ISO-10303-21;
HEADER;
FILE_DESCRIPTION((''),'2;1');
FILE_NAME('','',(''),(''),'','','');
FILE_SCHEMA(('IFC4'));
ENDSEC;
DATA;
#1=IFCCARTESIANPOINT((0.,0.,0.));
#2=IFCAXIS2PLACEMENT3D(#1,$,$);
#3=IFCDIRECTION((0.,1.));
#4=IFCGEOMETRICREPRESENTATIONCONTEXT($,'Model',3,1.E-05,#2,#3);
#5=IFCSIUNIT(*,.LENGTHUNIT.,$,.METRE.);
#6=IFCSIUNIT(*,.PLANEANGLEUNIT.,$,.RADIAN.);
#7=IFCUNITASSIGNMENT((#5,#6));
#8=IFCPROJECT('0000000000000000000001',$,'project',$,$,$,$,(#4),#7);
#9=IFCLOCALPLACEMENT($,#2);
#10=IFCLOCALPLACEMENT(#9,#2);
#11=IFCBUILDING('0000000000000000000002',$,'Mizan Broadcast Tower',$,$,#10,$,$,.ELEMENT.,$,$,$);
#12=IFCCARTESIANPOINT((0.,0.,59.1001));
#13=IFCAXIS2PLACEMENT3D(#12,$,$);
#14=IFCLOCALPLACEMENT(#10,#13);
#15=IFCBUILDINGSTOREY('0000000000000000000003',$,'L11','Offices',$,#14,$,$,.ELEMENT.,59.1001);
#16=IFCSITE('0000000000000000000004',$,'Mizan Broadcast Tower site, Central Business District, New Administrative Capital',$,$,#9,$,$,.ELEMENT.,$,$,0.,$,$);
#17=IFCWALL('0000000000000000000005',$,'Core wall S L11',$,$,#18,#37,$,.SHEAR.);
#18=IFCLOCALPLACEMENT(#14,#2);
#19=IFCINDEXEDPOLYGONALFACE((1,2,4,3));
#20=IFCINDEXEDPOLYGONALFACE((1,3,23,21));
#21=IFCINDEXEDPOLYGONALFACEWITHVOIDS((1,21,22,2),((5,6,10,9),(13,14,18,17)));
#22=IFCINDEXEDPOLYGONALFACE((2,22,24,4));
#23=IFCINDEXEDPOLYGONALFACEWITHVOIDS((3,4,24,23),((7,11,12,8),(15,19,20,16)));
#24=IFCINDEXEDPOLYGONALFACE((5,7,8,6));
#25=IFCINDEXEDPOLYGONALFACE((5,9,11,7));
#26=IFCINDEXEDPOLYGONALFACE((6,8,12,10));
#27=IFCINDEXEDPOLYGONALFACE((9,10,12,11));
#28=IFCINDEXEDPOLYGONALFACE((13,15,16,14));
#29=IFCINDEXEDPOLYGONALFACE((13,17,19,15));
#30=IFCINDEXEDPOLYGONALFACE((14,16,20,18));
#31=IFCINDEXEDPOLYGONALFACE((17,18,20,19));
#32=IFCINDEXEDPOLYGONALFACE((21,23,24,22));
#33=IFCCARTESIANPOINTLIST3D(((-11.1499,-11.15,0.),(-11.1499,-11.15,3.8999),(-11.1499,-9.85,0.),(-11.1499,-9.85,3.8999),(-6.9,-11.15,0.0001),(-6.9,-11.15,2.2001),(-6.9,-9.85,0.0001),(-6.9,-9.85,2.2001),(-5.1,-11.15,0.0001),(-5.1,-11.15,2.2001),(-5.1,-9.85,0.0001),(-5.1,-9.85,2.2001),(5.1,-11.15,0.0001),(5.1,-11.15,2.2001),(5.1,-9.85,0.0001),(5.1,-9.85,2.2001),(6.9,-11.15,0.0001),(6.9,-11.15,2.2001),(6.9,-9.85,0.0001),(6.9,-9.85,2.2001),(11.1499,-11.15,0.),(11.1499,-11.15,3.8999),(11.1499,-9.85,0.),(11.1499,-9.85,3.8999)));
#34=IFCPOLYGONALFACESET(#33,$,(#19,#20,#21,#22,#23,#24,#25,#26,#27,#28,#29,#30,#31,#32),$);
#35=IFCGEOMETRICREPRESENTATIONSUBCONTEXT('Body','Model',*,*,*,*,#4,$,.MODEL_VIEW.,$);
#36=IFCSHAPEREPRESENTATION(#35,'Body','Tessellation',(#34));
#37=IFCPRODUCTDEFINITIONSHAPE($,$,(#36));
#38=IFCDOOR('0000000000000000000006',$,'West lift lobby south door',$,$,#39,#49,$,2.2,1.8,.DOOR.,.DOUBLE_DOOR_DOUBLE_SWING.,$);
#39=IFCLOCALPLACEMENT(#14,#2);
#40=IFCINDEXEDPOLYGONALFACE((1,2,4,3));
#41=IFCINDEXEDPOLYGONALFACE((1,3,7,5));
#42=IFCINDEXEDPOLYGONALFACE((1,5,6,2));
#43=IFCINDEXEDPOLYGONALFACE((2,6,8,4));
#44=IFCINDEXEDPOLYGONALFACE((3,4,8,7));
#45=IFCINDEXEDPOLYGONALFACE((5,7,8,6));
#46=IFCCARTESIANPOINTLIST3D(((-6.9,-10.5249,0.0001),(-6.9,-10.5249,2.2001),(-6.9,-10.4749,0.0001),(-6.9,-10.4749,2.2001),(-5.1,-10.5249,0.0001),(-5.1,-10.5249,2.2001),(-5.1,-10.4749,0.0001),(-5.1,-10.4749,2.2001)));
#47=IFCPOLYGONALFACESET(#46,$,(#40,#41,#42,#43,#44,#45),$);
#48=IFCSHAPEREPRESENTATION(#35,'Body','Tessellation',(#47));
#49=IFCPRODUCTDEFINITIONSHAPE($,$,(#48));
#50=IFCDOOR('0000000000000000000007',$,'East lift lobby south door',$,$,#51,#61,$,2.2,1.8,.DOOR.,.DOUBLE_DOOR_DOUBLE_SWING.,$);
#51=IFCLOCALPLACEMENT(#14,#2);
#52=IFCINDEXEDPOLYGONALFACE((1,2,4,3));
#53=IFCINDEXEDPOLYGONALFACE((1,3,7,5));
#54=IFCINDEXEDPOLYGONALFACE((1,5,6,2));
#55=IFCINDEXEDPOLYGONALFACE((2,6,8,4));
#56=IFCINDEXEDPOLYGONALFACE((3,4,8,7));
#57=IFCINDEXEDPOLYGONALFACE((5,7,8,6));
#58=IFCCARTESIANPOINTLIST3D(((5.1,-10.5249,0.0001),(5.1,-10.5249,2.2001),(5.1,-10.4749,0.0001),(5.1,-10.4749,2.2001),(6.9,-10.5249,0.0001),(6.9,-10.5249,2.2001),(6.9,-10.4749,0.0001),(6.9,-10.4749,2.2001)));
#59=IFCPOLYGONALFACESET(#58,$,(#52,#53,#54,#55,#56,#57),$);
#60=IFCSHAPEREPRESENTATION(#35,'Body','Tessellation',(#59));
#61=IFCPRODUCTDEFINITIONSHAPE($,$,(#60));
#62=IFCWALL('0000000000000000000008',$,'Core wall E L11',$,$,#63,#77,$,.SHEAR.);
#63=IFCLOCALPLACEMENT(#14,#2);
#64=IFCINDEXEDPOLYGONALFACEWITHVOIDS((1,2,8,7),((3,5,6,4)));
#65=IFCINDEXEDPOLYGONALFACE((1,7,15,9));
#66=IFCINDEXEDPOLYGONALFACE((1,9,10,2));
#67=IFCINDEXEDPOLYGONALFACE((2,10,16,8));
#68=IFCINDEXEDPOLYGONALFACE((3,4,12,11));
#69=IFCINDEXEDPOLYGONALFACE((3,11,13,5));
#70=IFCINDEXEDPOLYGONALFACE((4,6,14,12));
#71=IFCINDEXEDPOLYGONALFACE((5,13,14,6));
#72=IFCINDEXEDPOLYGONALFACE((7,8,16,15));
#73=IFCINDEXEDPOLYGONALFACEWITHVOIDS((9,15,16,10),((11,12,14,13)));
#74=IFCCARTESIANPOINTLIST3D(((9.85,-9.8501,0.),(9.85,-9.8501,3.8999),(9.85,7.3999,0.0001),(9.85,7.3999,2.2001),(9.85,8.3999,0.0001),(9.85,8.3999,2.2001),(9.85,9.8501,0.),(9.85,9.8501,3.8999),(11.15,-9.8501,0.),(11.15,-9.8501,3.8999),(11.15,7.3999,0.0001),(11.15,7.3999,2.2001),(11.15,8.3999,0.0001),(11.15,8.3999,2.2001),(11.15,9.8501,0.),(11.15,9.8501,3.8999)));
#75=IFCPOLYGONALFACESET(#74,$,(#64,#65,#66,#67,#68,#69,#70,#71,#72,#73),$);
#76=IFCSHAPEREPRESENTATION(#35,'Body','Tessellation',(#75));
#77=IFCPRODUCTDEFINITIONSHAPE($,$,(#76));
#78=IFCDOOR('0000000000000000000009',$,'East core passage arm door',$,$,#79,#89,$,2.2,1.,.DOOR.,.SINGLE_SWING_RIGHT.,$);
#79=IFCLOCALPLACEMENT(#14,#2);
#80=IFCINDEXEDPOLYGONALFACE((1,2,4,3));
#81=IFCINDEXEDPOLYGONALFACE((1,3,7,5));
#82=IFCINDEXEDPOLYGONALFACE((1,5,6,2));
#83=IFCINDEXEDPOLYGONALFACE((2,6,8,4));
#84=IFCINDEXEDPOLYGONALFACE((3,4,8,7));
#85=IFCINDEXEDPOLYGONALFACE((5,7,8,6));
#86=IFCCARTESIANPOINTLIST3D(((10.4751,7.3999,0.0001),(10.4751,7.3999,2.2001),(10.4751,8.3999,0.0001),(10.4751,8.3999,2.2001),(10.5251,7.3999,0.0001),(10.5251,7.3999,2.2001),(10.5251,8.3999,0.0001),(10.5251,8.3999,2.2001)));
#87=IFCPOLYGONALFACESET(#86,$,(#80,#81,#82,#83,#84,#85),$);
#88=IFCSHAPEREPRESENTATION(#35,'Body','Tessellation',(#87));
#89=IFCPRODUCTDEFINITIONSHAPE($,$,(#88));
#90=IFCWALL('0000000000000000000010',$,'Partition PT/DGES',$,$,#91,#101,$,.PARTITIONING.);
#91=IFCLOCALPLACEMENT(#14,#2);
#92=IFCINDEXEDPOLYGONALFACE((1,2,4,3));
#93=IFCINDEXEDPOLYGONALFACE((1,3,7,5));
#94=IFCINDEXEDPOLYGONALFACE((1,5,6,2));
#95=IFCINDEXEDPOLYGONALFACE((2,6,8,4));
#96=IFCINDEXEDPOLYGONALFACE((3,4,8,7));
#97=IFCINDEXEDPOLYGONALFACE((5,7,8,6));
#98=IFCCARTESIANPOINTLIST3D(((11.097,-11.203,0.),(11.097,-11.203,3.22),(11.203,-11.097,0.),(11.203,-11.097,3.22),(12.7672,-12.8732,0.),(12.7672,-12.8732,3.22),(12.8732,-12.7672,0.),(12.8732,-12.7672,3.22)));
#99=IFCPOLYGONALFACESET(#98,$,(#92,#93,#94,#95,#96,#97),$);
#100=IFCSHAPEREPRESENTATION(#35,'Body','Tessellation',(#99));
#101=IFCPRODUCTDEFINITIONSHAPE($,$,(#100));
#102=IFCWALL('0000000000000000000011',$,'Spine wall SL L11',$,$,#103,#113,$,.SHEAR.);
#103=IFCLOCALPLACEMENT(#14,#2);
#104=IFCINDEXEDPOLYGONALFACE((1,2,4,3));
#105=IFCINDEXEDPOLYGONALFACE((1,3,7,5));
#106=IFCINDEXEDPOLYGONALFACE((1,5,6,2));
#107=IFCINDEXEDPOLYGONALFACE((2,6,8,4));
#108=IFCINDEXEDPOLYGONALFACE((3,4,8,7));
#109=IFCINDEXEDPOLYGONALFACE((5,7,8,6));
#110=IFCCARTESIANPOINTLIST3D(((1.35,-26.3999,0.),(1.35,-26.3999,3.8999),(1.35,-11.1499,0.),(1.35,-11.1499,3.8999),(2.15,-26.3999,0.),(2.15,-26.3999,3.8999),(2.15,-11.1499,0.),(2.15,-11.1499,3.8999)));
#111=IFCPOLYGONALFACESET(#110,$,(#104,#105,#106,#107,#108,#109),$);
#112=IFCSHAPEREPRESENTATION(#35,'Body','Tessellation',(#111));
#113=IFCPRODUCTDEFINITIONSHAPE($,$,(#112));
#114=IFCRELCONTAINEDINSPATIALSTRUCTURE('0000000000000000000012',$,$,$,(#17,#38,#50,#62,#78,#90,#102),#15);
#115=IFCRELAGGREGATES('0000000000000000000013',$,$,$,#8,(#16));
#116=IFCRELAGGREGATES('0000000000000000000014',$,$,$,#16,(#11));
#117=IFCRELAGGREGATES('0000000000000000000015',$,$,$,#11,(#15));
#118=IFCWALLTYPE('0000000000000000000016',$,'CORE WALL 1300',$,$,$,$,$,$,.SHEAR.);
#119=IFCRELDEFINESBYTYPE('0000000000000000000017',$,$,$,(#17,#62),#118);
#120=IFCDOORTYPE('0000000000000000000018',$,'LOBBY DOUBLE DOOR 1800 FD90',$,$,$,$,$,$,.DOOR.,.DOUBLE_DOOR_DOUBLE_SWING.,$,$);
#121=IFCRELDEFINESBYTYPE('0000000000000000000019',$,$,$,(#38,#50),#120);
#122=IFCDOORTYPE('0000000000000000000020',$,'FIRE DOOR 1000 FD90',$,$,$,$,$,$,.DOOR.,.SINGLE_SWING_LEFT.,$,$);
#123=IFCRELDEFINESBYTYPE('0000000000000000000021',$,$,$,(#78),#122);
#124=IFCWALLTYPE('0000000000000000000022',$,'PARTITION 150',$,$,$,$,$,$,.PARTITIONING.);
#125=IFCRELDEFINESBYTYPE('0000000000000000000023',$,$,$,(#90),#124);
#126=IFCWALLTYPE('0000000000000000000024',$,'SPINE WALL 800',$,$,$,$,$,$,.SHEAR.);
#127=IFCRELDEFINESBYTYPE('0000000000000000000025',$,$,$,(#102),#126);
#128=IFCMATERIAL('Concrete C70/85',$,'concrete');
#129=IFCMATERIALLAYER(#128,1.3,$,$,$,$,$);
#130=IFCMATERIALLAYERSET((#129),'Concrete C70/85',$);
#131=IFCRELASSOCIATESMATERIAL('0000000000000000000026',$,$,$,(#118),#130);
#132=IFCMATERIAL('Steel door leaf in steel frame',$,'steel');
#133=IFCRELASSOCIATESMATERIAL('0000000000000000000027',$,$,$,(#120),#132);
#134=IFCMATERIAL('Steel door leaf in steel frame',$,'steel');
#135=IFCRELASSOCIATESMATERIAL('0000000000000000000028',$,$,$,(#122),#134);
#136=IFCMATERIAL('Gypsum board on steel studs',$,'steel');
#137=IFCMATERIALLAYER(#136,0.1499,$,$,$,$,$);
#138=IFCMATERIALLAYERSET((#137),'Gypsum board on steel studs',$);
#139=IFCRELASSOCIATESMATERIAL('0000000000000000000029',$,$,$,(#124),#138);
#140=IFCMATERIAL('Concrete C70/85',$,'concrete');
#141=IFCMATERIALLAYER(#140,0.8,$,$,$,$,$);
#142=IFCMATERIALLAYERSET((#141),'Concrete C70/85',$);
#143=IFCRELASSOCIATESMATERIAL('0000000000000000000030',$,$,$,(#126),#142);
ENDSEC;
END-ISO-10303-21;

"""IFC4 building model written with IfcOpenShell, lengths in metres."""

from ifc_helpers import new_model, si_unit, direction, frame, frame_2d, origin, place, context, subcontext, project, spatial, rectangle, extrude, material, layer, layer_set, type_object, element, fill, save


model = new_model("IFC4")

# Units and contexts
model_context = context("Model", 3, precision=1e-05, world=origin(), true_north=direction((0.0, 1.0)))
body_context = subcontext(model_context, "Body", "Model", "MODEL_VIEW")
ifc_project = project(units=[si_unit("LENGTHUNIT", "METRE"), si_unit("PLANEANGLEUNIT", "RADIAN")], contexts=[model_context])

# Site, building, storey
site_placement = place(None, origin())
site = spatial("IfcSite", under=ifc_project, at=site_placement, Name="Mizan Broadcast Tower site, Central Business District, New Administrative Capital", CompositionType="ELEMENT", RefElevation=0.0)
building_placement = place(site_placement, origin())
building = spatial("IfcBuilding", under=site, at=building_placement, Name="Mizan Broadcast Tower", CompositionType="ELEMENT")
storey_placement = place(building_placement, frame((0.0, 0.0, 59.1001)))
storey = spatial("IfcBuildingStorey", under=building, at=storey_placement, Name="L11", Description="Offices", CompositionType="ELEMENT", Elevation=59.1001)

# Wall, openings, doors
ifc_material_1 = material(Name="Concrete C70/85", Category="concrete")
ifc_layer_1 = layer(ifc_material_1, 1.3)
ifc_layer_set_1 = layer_set([ifc_layer_1], Name="Concrete C70/85")
wall_type_1 = type_object("IfcWallType", Name="CORE WALL 1300", PredefinedType="SHEAR", material=ifc_layer_set_1)
wall_1_placement = place(storey_placement, frame((11.1499, -10.5, 0.0), z_axis=(0.0, 0.0, 1.0), x_axis=(-1.0, 0.0, 0.0)))
wall_1 = element("IfcWall", 1, at=wall_1_placement, inside=storey, type_object=wall_type_1, Name="Core wall S L11", PredefinedType="SHEAR", context=body_context, shape_type="SweptSolid", body=[
    extrude(rectangle(XDim=22.2998, YDim=1.3, at=frame_2d((11.1499, 0.0))), origin(), (0.0, 0.0, 1.0), 3.8999),
])
opening_1_placement = place(wall_1_placement, frame((16.25, 0.0, 0.0)))
opening_1 = element("IfcOpeningElement", 2, at=opening_1_placement, cuts=wall_1, PredefinedType="OPENING", context=body_context, shape_type="SweptSolid", body=[
    extrude(rectangle(XDim=1.8, YDim=2.2, at=frame_2d((0.8999, 1.1001))), frame((0.0, 0.6599, 0.0), z_axis=(0.0, -1.0, 0.0), x_axis=(1.0, 0.0, 0.0)), (0.0, 0.0, 1.0), 1.3201),
])
opening_2_placement = place(wall_1_placement, frame((4.25, 0.0, 0.0)))
opening_2 = element("IfcOpeningElement", 3, at=opening_2_placement, cuts=wall_1, PredefinedType="OPENING", context=body_context, shape_type="SweptSolid", body=[
    extrude(rectangle(XDim=1.8, YDim=2.2, at=frame_2d((0.8999, 1.1001))), frame((0.0, 0.6599, 0.0), z_axis=(0.0, -1.0, 0.0), x_axis=(1.0, 0.0, 0.0)), (0.0, 0.0, 1.0), 1.3201),
])
ifc_material_2 = material(Name="Steel door leaf in steel frame", Category="steel")
door_type_1 = type_object("IfcDoorType", Name="LOBBY DOUBLE DOOR 1800 FD90", OperationType="DOUBLE_DOOR_DOUBLE_SWING", PredefinedType="DOOR", material=ifc_material_2)
door_1_placement = place(opening_1_placement, origin())
door_1 = element("IfcDoor", 4, at=door_1_placement, inside=storey, type_object=door_type_1, Name="West lift lobby south door", OperationType="DOUBLE_DOOR_DOUBLE_SWING", OverallHeight=2.2, OverallWidth=1.8, PredefinedType="DOOR", context=body_context, shape_type="SweptSolid", body=[
    extrude(rectangle(XDim=1.8, YDim=2.2, at=frame_2d((0.8999, 1.1001))), frame((0.0, 0.0249, 0.0), z_axis=(0.0, -1.0, 0.0), x_axis=(1.0, 0.0, 0.0)), (0.0, 0.0, 1.0), 0.05),
])
fill(opening_1, door_1)
door_2_placement = place(opening_2_placement, origin())
door_2 = element("IfcDoor", 5, at=door_2_placement, inside=storey, type_object=door_type_1, Name="East lift lobby south door", OperationType="DOUBLE_DOOR_DOUBLE_SWING", OverallHeight=2.2, OverallWidth=1.8, PredefinedType="DOOR", context=body_context, shape_type="SweptSolid", body=[
    extrude(rectangle(XDim=1.8, YDim=2.2, at=frame_2d((0.8999, 1.1001))), frame((0.0, 0.0249, 0.0), z_axis=(0.0, -1.0, 0.0), x_axis=(1.0, 0.0, 0.0)), (0.0, 0.0, 1.0), 0.05),
])
fill(opening_2, door_2)

# Wall, opening, door
wall_2_placement = place(storey_placement, frame((10.5, -9.8501, 0.0), z_axis=(0.0, 0.0, 1.0), x_axis=(0.0, 1.0, 0.0)))
wall_2 = element("IfcWall", 6, at=wall_2_placement, inside=storey, type_object=wall_type_1, Name="Core wall E L11", PredefinedType="SHEAR", context=body_context, shape_type="SweptSolid", body=[
    extrude(rectangle(XDim=19.7002, YDim=1.3, at=frame_2d((9.8501, 0.0))), origin(), (0.0, 0.0, 1.0), 3.8999),
])
opening_3_placement = place(wall_2_placement, frame((17.25, 0.0, 0.0)))
opening_3 = element("IfcOpeningElement", 7, at=opening_3_placement, cuts=wall_2, PredefinedType="OPENING", context=body_context, shape_type="SweptSolid", body=[
    extrude(rectangle(XDim=1.0, YDim=2.2, at=frame_2d((0.5, 1.1001))), frame((0.0, 0.6599, 0.0), z_axis=(0.0, -1.0, 0.0), x_axis=(1.0, 0.0, 0.0)), (0.0, 0.0, 1.0), 1.3201),
])
ifc_material_3 = material(Name="Steel door leaf in steel frame", Category="steel")
door_type_2 = type_object("IfcDoorType", Name="FIRE DOOR 1000 FD90", OperationType="SINGLE_SWING_LEFT", PredefinedType="DOOR", material=ifc_material_3)
door_3_placement = place(opening_3_placement, origin())
door_3 = element("IfcDoor", 8, at=door_3_placement, inside=storey, type_object=door_type_2, Name="East core passage arm door", OperationType="SINGLE_SWING_RIGHT", OverallHeight=2.2, OverallWidth=1.0, PredefinedType="DOOR", context=body_context, shape_type="SweptSolid", body=[
    extrude(rectangle(XDim=1.0, YDim=2.2, at=frame_2d((0.5, 1.1001))), frame((0.0, 0.0249, 0.0), z_axis=(0.0, -1.0, 0.0), x_axis=(1.0, 0.0, 0.0)), (0.0, 0.0, 1.0), 0.05),
])
fill(opening_3, door_3)

# Walls
ifc_material_4 = material(Name="Gypsum board on steel studs", Category="steel")
ifc_layer_2 = layer(ifc_material_4, 0.1499)
ifc_layer_set_2 = layer_set([ifc_layer_2], Name="Gypsum board on steel studs")
wall_type_2 = type_object("IfcWallType", Name="PARTITION 150", PredefinedType="PARTITIONING", material=ifc_layer_set_2)
wall_3_placement = place(storey_placement, frame((11.1499, -11.1499, 0.0), z_axis=(0.0, 0.0, 1.0), x_axis=(0.707107, -0.707107, 0.0)))
element("IfcWall", 9, at=wall_3_placement, inside=storey, type_object=wall_type_2, Name="Partition PT/DGES", PredefinedType="PARTITIONING", context=body_context, shape_type="SweptSolid", body=[
    extrude(rectangle(XDim=2.3621, YDim=0.1499, at=frame_2d((1.1812, 0.0))), origin(), (0.0, 0.0, 1.0), 3.22),
])
ifc_material_5 = material(Name="Concrete C70/85", Category="concrete")
ifc_layer_3 = layer(ifc_material_5, 0.8)
ifc_layer_set_3 = layer_set([ifc_layer_3], Name="Concrete C70/85")
wall_type_3 = type_object("IfcWallType", Name="SPINE WALL 800", PredefinedType="SHEAR", material=ifc_layer_set_3)
wall_4_placement = place(storey_placement, frame((1.75, -11.1499, 0.0), z_axis=(0.0, 0.0, 1.0), x_axis=(0.0, -1.0, 0.0)))
element("IfcWall", 10, at=wall_4_placement, inside=storey, type_object=wall_type_3, Name="Spine wall SL L11", PredefinedType="SHEAR", context=body_context, shape_type="SweptSolid", body=[
    extrude(rectangle(XDim=15.25, YDim=0.8, at=frame_2d((7.625, 0.0))), origin(), (0.0, 0.0, 1.0), 3.8999),
])

save(model, "model.ifc")
